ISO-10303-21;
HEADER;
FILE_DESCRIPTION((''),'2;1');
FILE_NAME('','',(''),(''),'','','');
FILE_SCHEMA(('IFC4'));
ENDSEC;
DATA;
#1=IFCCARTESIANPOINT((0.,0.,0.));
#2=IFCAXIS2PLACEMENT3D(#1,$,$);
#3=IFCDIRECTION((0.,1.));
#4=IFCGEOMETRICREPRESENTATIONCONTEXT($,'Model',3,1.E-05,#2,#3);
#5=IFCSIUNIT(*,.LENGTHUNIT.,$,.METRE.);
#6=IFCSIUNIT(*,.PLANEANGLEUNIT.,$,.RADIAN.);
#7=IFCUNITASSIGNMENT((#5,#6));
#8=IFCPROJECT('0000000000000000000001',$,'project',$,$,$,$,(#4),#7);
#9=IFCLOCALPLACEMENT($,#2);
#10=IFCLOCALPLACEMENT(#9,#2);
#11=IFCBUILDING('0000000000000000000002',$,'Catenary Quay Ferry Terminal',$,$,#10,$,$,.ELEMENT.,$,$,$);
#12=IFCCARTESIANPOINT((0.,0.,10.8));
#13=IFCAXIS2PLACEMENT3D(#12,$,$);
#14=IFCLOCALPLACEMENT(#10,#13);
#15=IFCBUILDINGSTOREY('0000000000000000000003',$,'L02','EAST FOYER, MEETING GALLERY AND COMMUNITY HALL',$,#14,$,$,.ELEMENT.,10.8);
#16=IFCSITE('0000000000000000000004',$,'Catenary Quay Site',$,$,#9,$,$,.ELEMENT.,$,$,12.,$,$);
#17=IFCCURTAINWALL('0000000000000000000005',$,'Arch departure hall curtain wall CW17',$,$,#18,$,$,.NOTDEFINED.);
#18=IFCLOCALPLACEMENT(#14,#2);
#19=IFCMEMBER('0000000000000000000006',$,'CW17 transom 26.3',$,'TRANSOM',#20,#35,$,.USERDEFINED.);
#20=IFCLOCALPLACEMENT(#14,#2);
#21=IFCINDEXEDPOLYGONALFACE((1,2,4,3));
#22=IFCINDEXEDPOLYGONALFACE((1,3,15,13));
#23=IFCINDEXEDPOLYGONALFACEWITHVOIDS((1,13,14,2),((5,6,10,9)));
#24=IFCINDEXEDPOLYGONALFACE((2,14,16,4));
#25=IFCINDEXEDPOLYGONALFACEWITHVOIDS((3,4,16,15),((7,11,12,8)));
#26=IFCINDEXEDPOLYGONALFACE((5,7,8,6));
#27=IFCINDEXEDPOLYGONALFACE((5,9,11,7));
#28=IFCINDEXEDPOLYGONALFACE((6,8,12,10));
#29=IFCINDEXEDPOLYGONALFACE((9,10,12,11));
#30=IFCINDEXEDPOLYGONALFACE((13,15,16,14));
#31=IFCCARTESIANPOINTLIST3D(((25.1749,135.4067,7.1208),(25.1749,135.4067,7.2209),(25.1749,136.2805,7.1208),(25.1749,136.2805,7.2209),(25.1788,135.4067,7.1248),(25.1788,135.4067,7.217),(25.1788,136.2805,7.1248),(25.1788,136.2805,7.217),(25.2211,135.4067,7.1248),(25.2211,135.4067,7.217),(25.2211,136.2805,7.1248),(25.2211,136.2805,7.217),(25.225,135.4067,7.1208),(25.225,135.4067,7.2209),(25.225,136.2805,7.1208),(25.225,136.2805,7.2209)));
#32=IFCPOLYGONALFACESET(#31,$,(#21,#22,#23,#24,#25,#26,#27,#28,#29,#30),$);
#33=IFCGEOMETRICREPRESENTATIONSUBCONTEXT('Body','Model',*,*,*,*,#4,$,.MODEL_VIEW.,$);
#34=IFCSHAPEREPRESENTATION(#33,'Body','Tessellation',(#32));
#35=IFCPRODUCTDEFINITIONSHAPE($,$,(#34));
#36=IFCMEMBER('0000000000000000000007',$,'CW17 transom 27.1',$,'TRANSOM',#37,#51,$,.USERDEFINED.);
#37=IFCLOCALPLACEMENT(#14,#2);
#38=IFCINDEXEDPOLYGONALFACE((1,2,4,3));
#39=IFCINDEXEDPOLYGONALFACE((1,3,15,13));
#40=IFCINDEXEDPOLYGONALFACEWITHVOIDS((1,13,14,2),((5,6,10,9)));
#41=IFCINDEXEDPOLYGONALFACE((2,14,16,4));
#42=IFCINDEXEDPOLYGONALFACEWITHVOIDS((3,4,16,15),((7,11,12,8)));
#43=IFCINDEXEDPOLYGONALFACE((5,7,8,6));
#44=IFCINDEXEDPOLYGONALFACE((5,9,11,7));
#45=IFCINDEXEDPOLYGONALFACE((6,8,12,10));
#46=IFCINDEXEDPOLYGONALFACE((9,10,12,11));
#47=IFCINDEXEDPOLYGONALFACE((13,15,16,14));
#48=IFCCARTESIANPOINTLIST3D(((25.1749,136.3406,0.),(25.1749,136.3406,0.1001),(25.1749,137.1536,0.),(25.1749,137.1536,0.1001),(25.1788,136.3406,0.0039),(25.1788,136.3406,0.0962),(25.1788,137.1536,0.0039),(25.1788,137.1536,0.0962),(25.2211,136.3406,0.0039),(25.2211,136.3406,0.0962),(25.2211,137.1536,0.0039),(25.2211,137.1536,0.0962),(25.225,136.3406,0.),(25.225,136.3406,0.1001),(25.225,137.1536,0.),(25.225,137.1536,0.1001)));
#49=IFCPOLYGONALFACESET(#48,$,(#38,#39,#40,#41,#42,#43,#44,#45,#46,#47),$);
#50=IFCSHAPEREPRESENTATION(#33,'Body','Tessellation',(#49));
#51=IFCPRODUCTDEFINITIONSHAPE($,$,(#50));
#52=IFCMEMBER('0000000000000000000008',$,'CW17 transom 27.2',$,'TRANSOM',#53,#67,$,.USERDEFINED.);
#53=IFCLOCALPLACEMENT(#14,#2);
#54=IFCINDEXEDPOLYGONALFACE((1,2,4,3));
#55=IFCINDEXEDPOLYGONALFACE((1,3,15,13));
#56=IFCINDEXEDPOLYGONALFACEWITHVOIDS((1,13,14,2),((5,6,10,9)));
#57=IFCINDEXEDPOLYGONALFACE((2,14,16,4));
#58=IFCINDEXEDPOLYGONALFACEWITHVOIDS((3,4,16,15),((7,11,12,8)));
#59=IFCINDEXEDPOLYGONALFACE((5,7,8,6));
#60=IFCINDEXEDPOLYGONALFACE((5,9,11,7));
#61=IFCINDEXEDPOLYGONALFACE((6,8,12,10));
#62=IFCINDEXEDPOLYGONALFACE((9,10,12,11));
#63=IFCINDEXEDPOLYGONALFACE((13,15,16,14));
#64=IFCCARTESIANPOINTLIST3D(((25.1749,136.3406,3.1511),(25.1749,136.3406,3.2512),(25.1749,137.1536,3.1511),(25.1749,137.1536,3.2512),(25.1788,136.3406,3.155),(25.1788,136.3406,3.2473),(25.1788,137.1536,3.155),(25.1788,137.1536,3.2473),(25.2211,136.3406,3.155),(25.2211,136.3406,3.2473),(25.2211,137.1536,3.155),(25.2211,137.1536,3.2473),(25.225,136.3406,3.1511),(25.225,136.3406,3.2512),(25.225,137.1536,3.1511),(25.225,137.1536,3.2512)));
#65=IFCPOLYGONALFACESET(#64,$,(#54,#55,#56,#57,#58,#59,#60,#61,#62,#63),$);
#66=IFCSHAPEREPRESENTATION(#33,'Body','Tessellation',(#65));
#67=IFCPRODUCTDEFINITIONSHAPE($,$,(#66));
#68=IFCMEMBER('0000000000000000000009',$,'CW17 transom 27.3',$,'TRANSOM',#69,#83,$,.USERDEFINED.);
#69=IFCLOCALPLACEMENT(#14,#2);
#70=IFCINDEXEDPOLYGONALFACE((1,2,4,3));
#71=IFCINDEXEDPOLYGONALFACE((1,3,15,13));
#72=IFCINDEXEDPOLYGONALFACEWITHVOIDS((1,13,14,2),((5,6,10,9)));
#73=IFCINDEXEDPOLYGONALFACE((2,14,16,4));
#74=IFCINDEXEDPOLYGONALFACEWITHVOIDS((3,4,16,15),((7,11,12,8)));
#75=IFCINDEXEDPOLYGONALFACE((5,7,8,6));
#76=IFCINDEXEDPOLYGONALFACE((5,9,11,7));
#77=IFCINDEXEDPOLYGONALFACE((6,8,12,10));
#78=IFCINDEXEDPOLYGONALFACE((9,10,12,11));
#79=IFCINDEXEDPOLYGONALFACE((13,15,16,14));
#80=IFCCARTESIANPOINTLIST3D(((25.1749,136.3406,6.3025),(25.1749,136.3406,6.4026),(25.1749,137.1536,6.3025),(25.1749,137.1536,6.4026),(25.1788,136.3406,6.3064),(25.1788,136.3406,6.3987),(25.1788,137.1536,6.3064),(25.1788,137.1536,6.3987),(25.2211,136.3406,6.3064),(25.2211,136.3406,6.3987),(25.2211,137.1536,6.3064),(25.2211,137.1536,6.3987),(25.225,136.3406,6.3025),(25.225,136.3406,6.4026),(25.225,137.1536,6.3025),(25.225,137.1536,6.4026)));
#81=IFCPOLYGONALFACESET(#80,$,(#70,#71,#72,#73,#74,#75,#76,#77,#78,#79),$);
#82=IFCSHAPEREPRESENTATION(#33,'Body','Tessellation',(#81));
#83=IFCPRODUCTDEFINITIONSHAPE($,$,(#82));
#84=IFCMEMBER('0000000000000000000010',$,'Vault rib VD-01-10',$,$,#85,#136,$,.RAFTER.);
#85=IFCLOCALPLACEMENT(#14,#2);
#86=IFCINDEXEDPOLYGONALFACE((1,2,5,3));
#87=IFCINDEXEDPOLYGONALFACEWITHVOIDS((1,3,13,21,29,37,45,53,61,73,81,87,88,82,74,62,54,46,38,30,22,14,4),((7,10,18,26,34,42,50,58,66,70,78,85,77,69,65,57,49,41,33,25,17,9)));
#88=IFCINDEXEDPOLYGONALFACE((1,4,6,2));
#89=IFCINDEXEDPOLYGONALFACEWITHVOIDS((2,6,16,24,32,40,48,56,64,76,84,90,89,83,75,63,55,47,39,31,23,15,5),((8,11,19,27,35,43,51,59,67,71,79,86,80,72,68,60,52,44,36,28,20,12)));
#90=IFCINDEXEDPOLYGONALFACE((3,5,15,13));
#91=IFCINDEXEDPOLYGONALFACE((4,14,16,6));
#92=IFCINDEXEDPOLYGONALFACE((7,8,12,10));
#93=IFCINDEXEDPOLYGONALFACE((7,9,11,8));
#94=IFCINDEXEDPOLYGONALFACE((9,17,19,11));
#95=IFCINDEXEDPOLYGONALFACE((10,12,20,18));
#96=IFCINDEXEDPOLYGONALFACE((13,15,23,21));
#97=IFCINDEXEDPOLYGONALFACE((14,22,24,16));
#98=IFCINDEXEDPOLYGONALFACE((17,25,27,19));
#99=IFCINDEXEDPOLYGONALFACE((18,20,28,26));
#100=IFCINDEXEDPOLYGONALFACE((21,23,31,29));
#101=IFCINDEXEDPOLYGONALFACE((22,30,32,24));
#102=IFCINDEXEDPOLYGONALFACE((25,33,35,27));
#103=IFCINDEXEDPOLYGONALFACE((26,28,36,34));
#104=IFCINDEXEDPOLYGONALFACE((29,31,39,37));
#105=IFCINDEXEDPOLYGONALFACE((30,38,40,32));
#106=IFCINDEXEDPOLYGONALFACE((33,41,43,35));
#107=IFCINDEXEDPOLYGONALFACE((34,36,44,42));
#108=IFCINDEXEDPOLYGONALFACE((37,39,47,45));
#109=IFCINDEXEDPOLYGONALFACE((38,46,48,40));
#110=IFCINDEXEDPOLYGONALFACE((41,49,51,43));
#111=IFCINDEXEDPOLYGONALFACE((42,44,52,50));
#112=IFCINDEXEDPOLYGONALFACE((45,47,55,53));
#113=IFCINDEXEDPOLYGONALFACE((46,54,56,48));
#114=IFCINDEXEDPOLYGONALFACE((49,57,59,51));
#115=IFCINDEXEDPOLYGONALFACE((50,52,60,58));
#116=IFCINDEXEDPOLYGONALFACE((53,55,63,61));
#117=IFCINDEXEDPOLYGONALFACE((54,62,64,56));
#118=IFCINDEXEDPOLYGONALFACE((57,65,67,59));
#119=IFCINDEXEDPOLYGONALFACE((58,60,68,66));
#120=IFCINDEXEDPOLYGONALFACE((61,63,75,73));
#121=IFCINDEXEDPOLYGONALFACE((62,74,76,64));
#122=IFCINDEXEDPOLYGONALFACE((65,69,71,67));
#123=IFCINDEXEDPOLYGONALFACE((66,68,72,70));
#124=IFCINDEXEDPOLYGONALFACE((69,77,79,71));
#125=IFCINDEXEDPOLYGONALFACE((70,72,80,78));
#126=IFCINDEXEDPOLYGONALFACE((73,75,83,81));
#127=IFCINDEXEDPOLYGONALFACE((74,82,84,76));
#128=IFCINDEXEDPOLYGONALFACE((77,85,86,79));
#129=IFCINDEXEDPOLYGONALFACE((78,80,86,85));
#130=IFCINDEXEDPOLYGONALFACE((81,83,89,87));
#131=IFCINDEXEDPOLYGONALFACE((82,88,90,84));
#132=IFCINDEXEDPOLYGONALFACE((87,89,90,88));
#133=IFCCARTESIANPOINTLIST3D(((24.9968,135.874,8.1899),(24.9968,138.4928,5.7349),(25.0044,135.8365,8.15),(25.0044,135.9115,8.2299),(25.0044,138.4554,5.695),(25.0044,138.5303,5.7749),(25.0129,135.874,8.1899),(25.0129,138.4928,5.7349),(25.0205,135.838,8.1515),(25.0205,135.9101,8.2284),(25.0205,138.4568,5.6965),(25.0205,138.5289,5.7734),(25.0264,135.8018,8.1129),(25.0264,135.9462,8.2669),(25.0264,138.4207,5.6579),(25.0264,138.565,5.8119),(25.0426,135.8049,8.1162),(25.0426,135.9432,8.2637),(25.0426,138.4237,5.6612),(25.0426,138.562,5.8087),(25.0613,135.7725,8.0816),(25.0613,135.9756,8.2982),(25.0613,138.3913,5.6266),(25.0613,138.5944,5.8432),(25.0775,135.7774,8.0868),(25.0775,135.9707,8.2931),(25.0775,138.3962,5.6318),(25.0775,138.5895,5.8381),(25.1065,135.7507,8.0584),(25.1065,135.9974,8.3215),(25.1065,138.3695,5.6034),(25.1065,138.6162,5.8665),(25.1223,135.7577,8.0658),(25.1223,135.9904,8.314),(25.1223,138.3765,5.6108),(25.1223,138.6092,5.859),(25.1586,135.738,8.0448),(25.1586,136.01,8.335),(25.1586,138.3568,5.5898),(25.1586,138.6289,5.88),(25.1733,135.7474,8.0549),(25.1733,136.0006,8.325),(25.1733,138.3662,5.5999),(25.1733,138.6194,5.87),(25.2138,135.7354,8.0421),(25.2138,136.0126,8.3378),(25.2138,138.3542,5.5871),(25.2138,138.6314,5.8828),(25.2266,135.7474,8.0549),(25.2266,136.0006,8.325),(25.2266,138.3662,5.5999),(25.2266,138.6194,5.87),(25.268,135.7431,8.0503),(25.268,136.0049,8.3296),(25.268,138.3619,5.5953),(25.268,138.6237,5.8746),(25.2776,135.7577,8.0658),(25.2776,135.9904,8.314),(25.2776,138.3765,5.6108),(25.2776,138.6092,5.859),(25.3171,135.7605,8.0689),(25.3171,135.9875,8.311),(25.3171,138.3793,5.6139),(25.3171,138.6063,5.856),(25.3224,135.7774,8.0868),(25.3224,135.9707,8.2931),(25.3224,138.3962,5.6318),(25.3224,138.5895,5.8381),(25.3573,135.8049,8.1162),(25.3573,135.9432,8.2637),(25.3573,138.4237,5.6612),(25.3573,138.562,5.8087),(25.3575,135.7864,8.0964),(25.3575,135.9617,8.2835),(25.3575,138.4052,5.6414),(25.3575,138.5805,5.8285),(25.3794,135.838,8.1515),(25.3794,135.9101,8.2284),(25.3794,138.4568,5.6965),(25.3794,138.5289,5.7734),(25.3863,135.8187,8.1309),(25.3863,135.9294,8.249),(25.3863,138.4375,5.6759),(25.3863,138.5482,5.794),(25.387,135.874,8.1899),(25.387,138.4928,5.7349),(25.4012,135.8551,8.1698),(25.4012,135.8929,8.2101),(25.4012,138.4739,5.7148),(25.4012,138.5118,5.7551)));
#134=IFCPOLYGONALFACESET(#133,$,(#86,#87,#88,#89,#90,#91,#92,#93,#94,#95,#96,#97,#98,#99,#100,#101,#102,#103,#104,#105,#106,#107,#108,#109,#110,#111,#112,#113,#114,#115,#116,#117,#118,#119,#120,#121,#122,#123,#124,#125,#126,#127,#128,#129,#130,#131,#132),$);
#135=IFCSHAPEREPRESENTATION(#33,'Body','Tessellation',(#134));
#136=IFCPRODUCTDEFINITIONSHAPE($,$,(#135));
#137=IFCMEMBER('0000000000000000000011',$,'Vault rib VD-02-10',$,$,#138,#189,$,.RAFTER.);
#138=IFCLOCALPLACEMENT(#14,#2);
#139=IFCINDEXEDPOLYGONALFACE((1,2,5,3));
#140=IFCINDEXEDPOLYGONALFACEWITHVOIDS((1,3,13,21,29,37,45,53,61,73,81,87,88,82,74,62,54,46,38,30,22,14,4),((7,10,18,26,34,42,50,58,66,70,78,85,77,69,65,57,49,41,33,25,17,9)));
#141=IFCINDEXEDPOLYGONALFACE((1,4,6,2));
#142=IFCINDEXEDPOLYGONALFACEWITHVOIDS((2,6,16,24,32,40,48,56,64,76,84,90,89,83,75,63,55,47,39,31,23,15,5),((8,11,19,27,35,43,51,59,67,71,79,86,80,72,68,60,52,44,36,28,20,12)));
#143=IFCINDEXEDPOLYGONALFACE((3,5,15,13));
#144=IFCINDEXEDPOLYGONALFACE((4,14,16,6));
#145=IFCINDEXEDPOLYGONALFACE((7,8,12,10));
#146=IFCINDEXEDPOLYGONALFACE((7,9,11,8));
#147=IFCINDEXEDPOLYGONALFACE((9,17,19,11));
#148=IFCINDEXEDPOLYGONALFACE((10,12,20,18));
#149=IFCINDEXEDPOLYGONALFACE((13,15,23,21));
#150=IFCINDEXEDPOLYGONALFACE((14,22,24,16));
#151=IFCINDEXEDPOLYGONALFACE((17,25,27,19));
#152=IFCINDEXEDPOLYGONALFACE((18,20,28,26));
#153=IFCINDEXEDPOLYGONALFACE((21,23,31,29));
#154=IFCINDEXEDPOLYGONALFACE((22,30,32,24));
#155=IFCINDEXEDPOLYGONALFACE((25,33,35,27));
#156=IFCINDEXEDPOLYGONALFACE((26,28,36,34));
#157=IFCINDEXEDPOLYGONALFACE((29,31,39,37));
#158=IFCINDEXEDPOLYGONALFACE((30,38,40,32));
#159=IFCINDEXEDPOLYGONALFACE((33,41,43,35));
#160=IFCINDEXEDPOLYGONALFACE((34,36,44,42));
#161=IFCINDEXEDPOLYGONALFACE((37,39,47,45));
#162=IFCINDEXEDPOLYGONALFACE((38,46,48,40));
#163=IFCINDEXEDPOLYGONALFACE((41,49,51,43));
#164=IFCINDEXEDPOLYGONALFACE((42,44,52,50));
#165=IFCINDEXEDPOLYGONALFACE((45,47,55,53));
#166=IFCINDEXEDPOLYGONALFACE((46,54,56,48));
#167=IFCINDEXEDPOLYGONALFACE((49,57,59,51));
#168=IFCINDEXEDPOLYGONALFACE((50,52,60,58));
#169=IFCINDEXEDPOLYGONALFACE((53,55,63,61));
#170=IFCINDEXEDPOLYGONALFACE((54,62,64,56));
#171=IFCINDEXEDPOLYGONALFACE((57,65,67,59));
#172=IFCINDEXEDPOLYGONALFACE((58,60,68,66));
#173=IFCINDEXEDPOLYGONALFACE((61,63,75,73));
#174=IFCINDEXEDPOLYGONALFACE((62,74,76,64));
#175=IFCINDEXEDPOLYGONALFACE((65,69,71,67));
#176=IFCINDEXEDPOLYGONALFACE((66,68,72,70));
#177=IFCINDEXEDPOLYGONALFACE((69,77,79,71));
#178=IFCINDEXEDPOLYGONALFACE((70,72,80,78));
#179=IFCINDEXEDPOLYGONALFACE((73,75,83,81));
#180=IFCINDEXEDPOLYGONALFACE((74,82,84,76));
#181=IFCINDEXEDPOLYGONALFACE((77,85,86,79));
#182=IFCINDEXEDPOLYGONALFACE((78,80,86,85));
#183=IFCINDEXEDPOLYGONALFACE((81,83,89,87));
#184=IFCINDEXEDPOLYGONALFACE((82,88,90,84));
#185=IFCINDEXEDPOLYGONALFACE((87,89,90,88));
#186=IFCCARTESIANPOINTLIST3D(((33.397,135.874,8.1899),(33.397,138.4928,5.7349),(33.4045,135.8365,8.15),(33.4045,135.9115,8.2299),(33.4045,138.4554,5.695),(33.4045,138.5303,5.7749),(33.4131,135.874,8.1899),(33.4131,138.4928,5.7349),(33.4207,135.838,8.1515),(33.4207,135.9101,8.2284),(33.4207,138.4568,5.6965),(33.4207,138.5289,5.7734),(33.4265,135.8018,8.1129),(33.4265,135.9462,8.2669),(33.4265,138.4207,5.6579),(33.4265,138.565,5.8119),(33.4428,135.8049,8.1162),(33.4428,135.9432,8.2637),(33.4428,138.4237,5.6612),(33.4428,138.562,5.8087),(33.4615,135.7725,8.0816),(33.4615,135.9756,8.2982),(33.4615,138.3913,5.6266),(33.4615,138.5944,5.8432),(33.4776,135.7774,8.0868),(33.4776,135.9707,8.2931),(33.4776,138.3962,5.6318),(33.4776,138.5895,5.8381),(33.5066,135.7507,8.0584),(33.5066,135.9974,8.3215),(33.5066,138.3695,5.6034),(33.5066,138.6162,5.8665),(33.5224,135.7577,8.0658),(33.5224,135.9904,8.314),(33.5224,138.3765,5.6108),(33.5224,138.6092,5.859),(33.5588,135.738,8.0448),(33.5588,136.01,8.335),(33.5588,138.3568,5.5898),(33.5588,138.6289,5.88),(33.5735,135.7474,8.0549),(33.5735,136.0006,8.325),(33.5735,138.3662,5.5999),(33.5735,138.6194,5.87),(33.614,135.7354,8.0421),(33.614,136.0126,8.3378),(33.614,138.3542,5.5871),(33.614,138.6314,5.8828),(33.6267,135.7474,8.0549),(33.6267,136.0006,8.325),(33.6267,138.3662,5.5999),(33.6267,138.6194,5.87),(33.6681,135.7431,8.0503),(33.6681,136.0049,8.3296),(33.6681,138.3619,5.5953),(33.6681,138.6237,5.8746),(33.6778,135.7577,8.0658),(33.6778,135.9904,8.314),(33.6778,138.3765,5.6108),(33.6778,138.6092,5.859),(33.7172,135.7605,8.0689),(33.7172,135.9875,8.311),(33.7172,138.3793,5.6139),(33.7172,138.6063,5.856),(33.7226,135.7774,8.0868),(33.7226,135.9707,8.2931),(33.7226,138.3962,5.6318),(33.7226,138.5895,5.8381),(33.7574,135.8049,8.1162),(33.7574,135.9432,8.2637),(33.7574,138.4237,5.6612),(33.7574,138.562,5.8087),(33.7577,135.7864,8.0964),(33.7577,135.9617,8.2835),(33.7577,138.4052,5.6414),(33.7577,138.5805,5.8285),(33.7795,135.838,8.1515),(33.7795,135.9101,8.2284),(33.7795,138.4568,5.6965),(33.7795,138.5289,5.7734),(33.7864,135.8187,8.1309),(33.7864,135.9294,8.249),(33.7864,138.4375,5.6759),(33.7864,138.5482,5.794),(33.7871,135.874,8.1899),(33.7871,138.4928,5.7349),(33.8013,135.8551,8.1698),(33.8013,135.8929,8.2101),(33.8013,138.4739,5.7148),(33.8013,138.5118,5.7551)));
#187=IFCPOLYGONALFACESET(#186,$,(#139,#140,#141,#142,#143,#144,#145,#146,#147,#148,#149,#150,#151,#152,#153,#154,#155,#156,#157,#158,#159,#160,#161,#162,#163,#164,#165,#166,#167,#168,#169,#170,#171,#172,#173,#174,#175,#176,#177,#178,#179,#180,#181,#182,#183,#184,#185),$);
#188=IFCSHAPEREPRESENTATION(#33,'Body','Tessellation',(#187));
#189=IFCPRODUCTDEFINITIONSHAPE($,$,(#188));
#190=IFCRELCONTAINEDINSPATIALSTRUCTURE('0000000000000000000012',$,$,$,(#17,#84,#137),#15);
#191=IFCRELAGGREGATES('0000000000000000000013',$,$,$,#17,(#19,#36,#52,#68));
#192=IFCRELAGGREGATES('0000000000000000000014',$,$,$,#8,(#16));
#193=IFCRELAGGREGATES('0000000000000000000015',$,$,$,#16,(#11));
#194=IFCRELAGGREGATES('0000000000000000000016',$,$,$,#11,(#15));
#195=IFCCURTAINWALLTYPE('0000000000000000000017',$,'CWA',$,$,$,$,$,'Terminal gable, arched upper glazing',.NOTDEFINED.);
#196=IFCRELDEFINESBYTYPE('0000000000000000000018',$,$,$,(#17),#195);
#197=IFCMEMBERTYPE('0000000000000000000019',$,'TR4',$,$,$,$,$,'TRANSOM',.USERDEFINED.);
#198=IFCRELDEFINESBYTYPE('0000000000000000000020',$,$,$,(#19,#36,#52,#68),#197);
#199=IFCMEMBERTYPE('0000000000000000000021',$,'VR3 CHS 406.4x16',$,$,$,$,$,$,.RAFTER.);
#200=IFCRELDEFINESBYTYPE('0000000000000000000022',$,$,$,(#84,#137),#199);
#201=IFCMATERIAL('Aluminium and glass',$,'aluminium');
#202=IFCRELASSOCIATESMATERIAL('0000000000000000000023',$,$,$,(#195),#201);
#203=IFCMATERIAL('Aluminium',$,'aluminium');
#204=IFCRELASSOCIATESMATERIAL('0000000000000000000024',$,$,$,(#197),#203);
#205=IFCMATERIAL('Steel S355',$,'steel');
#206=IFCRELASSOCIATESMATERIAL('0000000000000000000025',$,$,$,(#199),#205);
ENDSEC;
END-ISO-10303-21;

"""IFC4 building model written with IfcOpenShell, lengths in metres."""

from ifc_helpers import new_model, si_unit, direction, frame, origin, origin_2d, place, context, subcontext, project, spatial, hollow_rectangle, hollow_circle, extrude, material, material_profile, profile_set, type_object, element, aggregate, save


model = new_model("IFC4")

# Units and contexts
model_context = context("Model", 3, precision=1e-05, world=origin(), true_north=direction((0.0, 1.0)))
body_context = subcontext(model_context, "Body", "Model", "MODEL_VIEW")
ifc_project = project(units=[si_unit("LENGTHUNIT", "METRE"), si_unit("PLANEANGLEUNIT", "RADIAN")], contexts=[model_context])

# Site, building, storey
site_placement = place(None, origin())
site = spatial("IfcSite", under=ifc_project, at=site_placement, Name="Catenary Quay Site", CompositionType="ELEMENT", RefElevation=12.0)
building_placement = place(site_placement, origin())
building = spatial("IfcBuilding", under=site, at=building_placement, Name="Catenary Quay Ferry Terminal", CompositionType="ELEMENT")
storey_placement = place(building_placement, frame((0.0, 0.0, 10.8)))
storey = spatial("IfcBuildingStorey", under=building, at=storey_placement, Name="L02", Description="EAST FOYER, MEETING GALLERY AND COMMUNITY HALL", CompositionType="ELEMENT", Elevation=10.8)

# Curtain wall, members
ifc_material_1 = material(Name="Aluminium and glass", Category="aluminium")
curtain_wall_type = type_object("IfcCurtainWallType", Name="CWA", ElementType="Terminal gable, arched upper glazing", PredefinedType="NOTDEFINED", material=ifc_material_1)
curtain_wall_placement = place(storey_placement, origin())
curtain_wall = element("IfcCurtainWall", 1, at=curtain_wall_placement, inside=storey, type_object=curtain_wall_type, Name="Arch departure hall curtain wall CW17", PredefinedType="NOTDEFINED")
ifc_material_2 = material(Name="Aluminium", Category="aluminium")
ifc_material_profile_1 = material_profile(ifc_material_2, hollow_rectangle(XDim=0.05, YDim=0.1001, WallThickness=0.0039, at=origin_2d()), Name="TR4")
ifc_profile_set_1 = profile_set([ifc_material_profile_1], Name="Aluminium")
member_type_1 = type_object("IfcMemberType", Name="TR4", ElementType="TRANSOM", PredefinedType="USERDEFINED", material=ifc_profile_set_1)
member_1_placement = place(storey_placement, frame((25.2, 135.4067, 7.1709), z_axis=(0.0, 1.0, 0.0), x_axis=(-1.0, 0.0, 0.0)))
member_1 = element("IfcMember", 2, at=member_1_placement, type_object=member_type_1, Name="CW17 transom 26.3", ObjectType="TRANSOM", PredefinedType="USERDEFINED", context=body_context, shape_type="SweptSolid", body=[
    extrude(hollow_rectangle(XDim=0.05, YDim=0.1001, WallThickness=0.0039, at=origin_2d()), origin(), (0.0, 0.0, 1.0), 0.8738),
])
member_2_placement = place(storey_placement, frame((25.2, 136.3406, 0.05), z_axis=(0.0, 1.0, 0.0), x_axis=(-1.0, 0.0, 0.0)))
member_2 = element("IfcMember", 3, at=member_2_placement, type_object=member_type_1, Name="CW17 transom 27.1", ObjectType="TRANSOM", PredefinedType="USERDEFINED", context=body_context, shape_type="SweptSolid", body=[
    extrude(hollow_rectangle(XDim=0.05, YDim=0.1001, WallThickness=0.0039, at=origin_2d()), origin(), (0.0, 0.0, 1.0), 0.813),
])
member_3_placement = place(storey_placement, frame((25.2, 136.3406, 3.2012), z_axis=(0.0, 1.0, 0.0), x_axis=(-1.0, 0.0, 0.0)))
member_3 = element("IfcMember", 4, at=member_3_placement, type_object=member_type_1, Name="CW17 transom 27.2", ObjectType="TRANSOM", PredefinedType="USERDEFINED", context=body_context, shape_type="SweptSolid", body=[
    extrude(hollow_rectangle(XDim=0.05, YDim=0.1001, WallThickness=0.0039, at=origin_2d()), origin(), (0.0, 0.0, 1.0), 0.813),
])
member_4_placement = place(storey_placement, frame((25.2, 136.3406, 6.3525), z_axis=(0.0, 1.0, 0.0), x_axis=(-1.0, 0.0, 0.0)))
member_4 = element("IfcMember", 5, at=member_4_placement, type_object=member_type_1, Name="CW17 transom 27.3", ObjectType="TRANSOM", PredefinedType="USERDEFINED", context=body_context, shape_type="SweptSolid", body=[
    extrude(hollow_rectangle(XDim=0.05, YDim=0.1001, WallThickness=0.0039, at=origin_2d()), origin(), (0.0, 0.0, 1.0), 0.813),
])

# Members
ifc_material_3 = material(Name="Steel S355", Category="steel")
ifc_material_profile_2 = material_profile(ifc_material_3, hollow_circle(Radius=0.2031, WallThickness=0.0161, at=origin_2d()), Name="CHS 406.4x16")
ifc_profile_set_2 = profile_set([ifc_material_profile_2], Name="Steel S355")
member_type_2 = type_object("IfcMemberType", Name="VR3 CHS 406.4x16", PredefinedType="RAFTER", material=ifc_profile_set_2)
for number, where, z_axis, x_axis, name in (
    (6, (25.2, 135.874, 8.1899), (0.0, 0.729556, -0.683921), (-1.0, 0.0, 0.0), "Vault rib VD-01-10"),
    (7, (33.6001, 135.874, 8.1899), (0.0, 0.729556, -0.683921), (-1.0, 0.0, 0.0), "Vault rib VD-02-10"),
):
    element("IfcMember", number, at=place(storey_placement, frame(where, z_axis=z_axis, x_axis=x_axis)), inside=storey, type_object=member_type_2, Name=name, PredefinedType="RAFTER", context=body_context, shape_type="SweptSolid", body=[
        extrude(hollow_circle(Radius=0.2031, WallThickness=0.0161, at=origin_2d()), origin(), (0.0, 0.0, 1.0), 3.5896),
    ])

aggregate(curtain_wall, [member_1, member_2, member_3, member_4])

save(model, "model.ifc")
